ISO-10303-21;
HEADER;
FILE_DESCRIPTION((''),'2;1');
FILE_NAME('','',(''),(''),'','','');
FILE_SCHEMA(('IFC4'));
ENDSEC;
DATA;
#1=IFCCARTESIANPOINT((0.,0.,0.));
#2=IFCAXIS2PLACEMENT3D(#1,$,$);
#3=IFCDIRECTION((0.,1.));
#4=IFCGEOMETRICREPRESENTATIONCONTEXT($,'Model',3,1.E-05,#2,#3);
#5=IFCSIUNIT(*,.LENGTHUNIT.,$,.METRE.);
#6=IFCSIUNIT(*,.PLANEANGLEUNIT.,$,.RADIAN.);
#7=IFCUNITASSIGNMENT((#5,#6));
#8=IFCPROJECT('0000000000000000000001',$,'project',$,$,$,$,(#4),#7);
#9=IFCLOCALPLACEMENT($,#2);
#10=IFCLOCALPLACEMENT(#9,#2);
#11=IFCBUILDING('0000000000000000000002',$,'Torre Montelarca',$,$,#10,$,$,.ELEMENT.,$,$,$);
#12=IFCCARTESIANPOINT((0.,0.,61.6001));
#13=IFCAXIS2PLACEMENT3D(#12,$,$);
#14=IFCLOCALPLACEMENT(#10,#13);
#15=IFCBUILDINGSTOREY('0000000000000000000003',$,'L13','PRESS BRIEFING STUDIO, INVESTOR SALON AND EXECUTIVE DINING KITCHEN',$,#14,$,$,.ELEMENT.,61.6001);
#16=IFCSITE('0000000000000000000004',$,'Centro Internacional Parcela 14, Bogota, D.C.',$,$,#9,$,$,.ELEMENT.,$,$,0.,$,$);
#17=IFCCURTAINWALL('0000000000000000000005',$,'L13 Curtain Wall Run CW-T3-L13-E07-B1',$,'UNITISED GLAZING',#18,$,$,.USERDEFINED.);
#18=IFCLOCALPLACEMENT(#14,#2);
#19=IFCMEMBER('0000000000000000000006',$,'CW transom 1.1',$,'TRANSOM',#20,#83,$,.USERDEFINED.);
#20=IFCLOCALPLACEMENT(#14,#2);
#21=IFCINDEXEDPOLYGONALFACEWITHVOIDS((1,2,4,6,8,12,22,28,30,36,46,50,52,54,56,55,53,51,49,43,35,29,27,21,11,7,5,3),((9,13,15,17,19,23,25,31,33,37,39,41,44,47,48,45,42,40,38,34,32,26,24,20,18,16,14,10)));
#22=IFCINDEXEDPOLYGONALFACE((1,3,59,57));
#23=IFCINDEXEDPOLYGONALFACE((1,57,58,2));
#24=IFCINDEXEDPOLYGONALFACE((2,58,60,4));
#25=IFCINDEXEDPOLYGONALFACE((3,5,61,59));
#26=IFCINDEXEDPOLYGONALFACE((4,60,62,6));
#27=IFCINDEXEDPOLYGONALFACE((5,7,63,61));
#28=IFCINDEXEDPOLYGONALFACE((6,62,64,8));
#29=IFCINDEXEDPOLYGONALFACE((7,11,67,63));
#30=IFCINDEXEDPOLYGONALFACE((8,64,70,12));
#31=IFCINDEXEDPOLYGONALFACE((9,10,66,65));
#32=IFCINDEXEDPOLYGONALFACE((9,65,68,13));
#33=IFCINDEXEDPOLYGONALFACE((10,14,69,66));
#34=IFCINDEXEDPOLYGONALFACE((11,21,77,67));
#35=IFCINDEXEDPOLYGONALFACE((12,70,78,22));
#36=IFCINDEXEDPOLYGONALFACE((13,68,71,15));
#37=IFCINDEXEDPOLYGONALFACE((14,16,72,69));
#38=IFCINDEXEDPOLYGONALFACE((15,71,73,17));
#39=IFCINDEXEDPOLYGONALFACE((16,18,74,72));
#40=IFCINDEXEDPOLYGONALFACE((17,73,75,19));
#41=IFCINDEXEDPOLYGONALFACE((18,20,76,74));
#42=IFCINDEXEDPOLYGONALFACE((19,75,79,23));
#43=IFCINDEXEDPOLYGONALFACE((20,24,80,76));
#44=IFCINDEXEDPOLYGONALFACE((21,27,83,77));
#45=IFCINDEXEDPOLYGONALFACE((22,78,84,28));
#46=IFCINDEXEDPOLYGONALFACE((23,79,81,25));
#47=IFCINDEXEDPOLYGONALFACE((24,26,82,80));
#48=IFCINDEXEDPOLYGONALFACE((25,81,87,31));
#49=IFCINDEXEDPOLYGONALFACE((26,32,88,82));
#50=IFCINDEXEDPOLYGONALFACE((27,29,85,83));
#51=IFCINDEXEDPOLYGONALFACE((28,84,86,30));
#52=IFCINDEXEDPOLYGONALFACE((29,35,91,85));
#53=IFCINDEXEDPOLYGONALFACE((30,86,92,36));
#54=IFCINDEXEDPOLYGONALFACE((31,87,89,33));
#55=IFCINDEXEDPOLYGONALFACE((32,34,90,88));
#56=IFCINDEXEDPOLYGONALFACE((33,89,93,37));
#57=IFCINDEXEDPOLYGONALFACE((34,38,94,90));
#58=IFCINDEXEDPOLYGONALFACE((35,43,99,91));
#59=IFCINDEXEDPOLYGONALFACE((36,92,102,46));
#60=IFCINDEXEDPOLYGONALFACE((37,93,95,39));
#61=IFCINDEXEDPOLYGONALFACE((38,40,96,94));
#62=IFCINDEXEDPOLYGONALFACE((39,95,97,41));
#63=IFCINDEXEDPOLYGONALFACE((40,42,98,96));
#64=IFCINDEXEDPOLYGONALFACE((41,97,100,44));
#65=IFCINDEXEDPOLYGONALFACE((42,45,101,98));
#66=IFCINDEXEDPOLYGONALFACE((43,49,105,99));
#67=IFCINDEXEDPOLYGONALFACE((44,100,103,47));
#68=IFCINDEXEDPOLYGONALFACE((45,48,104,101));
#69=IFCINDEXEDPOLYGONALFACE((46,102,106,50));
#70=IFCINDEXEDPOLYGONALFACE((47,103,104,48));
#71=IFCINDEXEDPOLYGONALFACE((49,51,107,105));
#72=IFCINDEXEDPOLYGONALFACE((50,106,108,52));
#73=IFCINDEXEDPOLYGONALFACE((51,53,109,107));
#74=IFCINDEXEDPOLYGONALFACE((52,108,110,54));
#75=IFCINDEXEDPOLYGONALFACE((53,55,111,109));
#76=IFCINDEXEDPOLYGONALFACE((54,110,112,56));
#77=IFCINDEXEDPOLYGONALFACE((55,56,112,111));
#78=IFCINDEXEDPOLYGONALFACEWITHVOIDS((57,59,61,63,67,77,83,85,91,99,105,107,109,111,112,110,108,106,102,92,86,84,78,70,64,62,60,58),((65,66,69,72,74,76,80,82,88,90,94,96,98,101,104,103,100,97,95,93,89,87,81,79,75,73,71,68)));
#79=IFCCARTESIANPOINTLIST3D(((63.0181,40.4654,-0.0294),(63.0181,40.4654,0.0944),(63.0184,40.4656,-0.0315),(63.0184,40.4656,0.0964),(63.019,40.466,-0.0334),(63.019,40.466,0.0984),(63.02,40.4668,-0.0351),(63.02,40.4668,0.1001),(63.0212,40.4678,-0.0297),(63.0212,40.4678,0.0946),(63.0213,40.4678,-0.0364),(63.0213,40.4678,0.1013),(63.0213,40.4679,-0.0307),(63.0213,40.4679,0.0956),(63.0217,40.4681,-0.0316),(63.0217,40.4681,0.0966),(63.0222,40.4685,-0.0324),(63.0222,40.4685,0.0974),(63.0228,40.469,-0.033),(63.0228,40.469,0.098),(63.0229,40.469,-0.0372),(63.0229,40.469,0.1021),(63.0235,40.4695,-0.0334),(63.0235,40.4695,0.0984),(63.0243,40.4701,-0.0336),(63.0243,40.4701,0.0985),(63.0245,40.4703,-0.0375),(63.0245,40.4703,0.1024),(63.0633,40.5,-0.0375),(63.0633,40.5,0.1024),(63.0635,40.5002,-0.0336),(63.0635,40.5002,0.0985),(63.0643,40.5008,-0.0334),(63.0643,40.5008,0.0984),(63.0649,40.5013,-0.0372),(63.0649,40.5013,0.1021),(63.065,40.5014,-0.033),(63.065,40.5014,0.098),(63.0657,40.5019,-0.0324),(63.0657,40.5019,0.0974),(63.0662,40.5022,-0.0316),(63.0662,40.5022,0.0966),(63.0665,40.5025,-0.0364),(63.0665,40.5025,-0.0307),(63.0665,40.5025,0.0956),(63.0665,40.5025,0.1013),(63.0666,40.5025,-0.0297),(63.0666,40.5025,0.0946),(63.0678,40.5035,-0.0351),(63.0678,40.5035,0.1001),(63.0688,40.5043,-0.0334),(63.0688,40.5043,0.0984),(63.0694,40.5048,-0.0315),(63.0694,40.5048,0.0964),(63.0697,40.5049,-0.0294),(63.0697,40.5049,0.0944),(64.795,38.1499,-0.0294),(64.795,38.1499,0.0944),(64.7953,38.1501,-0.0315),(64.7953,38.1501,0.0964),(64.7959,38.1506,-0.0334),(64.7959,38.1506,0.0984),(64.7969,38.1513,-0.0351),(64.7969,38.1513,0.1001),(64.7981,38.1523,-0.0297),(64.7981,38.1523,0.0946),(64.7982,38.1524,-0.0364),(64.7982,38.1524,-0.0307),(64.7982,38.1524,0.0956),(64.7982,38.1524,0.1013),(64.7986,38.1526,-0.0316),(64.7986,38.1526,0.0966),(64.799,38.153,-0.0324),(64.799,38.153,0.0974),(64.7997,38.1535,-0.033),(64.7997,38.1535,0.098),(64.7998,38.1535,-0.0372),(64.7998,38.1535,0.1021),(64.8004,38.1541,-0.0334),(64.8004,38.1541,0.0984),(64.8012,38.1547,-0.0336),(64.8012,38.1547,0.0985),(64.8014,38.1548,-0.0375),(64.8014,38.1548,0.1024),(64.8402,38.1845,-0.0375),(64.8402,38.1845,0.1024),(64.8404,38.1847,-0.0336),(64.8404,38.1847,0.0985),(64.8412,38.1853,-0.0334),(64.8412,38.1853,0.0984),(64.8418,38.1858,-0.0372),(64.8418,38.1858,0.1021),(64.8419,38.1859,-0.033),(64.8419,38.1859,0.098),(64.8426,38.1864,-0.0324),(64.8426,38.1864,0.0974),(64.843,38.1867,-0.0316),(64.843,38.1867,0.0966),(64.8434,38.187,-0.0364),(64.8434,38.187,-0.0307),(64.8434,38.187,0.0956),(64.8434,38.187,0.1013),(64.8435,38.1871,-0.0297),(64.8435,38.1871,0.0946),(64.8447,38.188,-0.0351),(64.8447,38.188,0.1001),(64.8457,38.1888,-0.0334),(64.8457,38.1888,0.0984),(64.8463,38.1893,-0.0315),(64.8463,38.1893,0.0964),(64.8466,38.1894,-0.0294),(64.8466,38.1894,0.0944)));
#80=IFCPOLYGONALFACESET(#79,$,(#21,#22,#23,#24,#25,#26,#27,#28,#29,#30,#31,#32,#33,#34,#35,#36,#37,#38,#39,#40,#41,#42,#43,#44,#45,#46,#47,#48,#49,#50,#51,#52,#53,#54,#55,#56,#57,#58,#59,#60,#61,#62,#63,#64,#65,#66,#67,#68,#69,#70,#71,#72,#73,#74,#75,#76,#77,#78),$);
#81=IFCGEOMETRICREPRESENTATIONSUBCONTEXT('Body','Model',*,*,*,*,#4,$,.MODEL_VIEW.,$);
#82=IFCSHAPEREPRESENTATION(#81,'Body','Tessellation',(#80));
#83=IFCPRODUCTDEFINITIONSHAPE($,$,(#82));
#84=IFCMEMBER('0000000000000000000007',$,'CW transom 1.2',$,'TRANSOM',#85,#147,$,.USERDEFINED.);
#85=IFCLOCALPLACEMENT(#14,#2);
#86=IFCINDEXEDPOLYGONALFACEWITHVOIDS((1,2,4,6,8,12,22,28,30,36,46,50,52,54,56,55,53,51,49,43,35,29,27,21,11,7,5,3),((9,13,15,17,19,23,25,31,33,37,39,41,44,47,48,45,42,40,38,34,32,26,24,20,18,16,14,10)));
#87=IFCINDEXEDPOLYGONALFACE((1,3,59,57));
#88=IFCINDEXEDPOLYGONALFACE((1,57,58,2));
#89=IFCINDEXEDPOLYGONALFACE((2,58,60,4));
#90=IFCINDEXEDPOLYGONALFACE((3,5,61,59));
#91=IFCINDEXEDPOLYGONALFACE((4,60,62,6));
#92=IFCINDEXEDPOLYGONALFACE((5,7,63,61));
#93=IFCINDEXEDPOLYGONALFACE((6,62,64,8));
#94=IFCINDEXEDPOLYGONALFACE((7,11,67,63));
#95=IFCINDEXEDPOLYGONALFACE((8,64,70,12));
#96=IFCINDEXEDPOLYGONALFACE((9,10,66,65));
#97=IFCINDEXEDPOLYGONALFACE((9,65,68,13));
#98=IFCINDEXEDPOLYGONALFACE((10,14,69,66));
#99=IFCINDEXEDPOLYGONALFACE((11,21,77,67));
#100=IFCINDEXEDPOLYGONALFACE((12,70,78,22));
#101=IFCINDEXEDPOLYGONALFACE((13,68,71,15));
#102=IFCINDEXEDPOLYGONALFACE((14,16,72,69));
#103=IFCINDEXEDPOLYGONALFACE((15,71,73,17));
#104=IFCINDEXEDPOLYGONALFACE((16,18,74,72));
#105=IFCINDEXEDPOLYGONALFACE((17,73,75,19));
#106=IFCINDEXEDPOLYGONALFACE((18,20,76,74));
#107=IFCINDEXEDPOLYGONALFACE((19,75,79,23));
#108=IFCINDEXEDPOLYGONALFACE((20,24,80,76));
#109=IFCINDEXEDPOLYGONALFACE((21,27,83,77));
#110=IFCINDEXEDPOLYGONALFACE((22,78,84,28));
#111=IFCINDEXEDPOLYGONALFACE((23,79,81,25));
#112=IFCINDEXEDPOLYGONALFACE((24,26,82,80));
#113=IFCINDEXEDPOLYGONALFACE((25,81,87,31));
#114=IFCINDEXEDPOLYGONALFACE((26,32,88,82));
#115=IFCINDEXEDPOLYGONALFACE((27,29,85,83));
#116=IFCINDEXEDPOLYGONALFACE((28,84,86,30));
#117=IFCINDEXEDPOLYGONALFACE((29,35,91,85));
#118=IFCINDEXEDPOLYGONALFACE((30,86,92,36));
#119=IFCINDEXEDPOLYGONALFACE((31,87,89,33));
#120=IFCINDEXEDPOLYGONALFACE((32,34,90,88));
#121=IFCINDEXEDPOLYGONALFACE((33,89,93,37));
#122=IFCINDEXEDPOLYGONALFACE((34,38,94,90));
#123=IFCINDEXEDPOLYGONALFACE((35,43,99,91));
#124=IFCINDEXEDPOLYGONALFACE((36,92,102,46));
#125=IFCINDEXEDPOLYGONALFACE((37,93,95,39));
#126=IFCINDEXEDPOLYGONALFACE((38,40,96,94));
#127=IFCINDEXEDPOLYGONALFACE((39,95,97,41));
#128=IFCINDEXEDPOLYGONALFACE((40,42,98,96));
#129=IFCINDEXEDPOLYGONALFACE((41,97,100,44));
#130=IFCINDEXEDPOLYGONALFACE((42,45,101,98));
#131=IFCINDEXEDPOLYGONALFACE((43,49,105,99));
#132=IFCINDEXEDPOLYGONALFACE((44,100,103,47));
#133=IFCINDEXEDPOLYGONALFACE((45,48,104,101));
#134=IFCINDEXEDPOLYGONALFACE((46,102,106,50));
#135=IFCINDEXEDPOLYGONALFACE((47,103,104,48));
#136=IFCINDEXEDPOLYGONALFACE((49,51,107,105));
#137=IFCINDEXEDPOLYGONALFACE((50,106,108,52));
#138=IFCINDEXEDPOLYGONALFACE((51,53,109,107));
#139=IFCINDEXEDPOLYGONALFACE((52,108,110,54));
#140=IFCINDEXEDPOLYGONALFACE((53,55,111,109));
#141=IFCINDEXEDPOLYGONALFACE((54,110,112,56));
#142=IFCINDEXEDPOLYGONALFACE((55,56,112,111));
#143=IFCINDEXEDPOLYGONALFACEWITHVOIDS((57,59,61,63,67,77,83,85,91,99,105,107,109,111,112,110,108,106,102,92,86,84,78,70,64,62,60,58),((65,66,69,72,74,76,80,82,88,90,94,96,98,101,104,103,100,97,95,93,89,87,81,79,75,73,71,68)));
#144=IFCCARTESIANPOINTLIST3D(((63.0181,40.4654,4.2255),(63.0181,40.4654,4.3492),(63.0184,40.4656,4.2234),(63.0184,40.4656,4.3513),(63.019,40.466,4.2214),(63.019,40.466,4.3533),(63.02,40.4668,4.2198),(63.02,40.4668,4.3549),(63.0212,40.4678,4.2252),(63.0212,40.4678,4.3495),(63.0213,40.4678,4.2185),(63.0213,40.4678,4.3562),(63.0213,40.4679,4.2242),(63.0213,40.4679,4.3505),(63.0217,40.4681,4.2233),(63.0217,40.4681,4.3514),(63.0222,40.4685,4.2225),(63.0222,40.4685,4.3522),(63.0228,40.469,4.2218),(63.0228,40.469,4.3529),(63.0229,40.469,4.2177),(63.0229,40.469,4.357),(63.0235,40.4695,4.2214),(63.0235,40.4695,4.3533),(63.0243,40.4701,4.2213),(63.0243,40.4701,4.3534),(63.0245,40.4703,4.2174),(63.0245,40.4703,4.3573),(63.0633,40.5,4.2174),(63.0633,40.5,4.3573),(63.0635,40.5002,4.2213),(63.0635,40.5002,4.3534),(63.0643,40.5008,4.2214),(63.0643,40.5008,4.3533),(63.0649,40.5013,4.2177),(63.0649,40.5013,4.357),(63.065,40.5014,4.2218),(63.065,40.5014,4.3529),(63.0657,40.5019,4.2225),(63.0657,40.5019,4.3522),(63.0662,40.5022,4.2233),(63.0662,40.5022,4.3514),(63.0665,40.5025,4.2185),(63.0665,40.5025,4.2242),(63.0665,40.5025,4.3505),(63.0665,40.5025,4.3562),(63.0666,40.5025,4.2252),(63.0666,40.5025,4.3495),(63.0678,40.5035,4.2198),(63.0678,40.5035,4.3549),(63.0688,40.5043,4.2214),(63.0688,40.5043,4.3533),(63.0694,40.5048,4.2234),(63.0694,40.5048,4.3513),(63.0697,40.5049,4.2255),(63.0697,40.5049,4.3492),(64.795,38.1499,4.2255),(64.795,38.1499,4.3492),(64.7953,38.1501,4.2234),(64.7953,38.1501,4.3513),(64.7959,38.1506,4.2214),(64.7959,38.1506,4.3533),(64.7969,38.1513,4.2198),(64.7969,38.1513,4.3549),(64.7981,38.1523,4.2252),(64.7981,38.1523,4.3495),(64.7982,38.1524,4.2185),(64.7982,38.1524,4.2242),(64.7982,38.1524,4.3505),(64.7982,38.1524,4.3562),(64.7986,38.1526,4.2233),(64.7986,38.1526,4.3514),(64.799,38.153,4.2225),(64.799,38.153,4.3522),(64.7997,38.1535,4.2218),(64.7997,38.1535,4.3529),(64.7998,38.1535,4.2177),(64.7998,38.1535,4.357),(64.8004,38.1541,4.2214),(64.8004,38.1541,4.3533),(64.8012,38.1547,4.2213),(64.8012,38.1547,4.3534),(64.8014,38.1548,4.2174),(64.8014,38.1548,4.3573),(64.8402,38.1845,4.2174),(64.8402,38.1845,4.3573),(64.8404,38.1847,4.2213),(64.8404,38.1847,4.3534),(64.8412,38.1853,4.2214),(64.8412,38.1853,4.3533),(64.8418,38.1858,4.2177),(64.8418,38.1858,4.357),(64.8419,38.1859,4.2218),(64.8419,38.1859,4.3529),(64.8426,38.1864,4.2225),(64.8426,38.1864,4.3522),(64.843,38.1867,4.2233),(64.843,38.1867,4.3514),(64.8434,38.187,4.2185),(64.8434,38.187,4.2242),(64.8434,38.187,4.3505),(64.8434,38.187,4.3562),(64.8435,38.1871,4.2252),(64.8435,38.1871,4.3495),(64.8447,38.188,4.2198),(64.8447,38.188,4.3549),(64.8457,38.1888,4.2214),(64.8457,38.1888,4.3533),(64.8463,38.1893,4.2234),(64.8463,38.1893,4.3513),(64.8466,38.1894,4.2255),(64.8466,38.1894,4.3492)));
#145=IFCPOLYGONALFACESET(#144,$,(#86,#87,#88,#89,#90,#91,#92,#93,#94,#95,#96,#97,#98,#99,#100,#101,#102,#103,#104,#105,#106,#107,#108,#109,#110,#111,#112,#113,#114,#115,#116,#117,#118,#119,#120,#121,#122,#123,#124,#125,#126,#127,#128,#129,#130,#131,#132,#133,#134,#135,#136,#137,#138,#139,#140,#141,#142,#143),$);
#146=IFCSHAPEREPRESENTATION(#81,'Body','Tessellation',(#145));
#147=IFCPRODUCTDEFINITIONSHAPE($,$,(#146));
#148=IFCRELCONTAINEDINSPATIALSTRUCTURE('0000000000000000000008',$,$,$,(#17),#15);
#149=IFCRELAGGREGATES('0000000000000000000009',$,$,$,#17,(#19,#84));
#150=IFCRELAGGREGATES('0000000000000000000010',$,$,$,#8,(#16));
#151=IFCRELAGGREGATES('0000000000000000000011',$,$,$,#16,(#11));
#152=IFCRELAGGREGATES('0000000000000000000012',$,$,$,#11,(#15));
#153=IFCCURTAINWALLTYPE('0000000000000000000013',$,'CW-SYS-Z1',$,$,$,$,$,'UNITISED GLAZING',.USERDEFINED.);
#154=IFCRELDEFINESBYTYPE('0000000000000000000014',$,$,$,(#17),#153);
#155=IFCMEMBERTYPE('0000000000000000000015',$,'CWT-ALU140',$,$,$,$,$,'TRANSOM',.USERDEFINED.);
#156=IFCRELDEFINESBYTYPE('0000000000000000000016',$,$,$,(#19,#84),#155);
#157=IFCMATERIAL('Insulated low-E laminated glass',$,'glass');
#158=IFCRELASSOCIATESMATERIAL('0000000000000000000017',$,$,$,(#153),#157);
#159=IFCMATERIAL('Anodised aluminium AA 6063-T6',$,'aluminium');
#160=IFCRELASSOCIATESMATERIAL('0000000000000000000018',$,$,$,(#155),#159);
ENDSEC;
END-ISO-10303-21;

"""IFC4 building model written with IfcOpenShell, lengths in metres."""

from ifc_helpers import new_model, si_unit, direction, frame, origin, origin_2d, place, context, subcontext, project, spatial, hollow_rectangle, extrude, source, transform, mapped, material, material_profile, profile_set, type_object, element, aggregate, save


model = new_model("IFC4")

# Units and contexts
model_context = context("Model", 3, precision=1e-05, world=origin(), true_north=direction((0.0, 1.0)))
body_context = subcontext(model_context, "Body", "Model", "MODEL_VIEW")
ifc_project = project(units=[si_unit("LENGTHUNIT", "METRE"), si_unit("PLANEANGLEUNIT", "RADIAN")], contexts=[model_context])

# Site, building, storey
site_placement = place(None, origin())
site = spatial("IfcSite", under=ifc_project, at=site_placement, Name="Centro Internacional Parcela 14, Bogota, D.C.", CompositionType="ELEMENT", RefElevation=0.0)
building_placement = place(site_placement, origin())
building = spatial("IfcBuilding", under=site, at=building_placement, Name="Torre Montelarca", CompositionType="ELEMENT")
storey_placement = place(building_placement, frame((0.0, 0.0, 61.6001)))
storey = spatial("IfcBuildingStorey", under=building, at=storey_placement, Name="L13", Description="PRESS BRIEFING STUDIO, INVESTOR SALON AND EXECUTIVE DINING KITCHEN", CompositionType="ELEMENT", Elevation=61.6001)

# Curtain wall, members
ifc_material_1 = material(Name="Insulated low-E laminated glass", Category="glass")
curtain_wall_type = type_object("IfcCurtainWallType", Name="CW-SYS-Z1", ElementType="UNITISED GLAZING", PredefinedType="USERDEFINED", material=ifc_material_1)
curtain_wall_1_placement = place(storey_placement, origin())
curtain_wall_1 = element("IfcCurtainWall", 1, at=curtain_wall_1_placement, inside=storey, type_object=curtain_wall_type, Name="L13 Curtain Wall Run CW-T3-L13-E07-B1", ObjectType="UNITISED GLAZING", PredefinedType="USERDEFINED")
ifc_material_2 = material(Name="Anodised aluminium AA 6063-T6", Category="aluminium")
ifc_material_profile_1 = material_profile(ifc_material_2, hollow_rectangle(XDim=0.0649, YDim=0.1399, WallThickness=0.0039, InnerFilletRadius=0.0039, OuterFilletRadius=0.0081, at=origin_2d()), Name="ALU65X140X4", Category="aluminium")
ifc_profile_set_1 = profile_set([ifc_material_profile_1], Name="Anodised aluminium AA 6063-T6")
member_type_1 = type_object("IfcMemberType", Name="CWT-ALU140", ElementType="TRANSOM", PredefinedType="USERDEFINED", material=ifc_profile_set_1)
shared_shape_1 = source(origin(), body_context, "Body", "SweptSolid", [
    extrude(hollow_rectangle(XDim=0.0649, YDim=0.1399, WallThickness=0.0039, InnerFilletRadius=0.0039, OuterFilletRadius=0.0081, at=origin_2d()), origin(), (0.0, 0.0, 1.0), 2.9187),
])
member_1_placement = place(storey_placement, frame((64.8208, 38.1697, 0.0325), z_axis=(-0.608797, 0.793326, 0.0), x_axis=(-0.793326, -0.608797, 0.0)))
member_1 = element("IfcMember", 2, at=member_1_placement, type_object=member_type_1, Name="CW transom 1.1", ObjectType="TRANSOM", PredefinedType="USERDEFINED", context=body_context, shape_type="MappedRepresentation", body=[
    mapped(shared_shape_1, transform((0.0, 0.0, 0.0), scale=1.0)),
])
member_2_placement = place(storey_placement, frame((64.8208, 38.1697, 4.2874), z_axis=(-0.608797, 0.793326, 0.0), x_axis=(-0.793326, -0.608797, 0.0)))
member_2 = element("IfcMember", 3, at=member_2_placement, type_object=member_type_1, Name="CW transom 1.2", ObjectType="TRANSOM", PredefinedType="USERDEFINED", context=body_context, shape_type="MappedRepresentation", body=[
    mapped(shared_shape_1, transform((0.0, 0.0, 0.0), scale=1.0)),
])

aggregate(curtain_wall_1, [member_1, member_2])

save(model, "model.ifc")
